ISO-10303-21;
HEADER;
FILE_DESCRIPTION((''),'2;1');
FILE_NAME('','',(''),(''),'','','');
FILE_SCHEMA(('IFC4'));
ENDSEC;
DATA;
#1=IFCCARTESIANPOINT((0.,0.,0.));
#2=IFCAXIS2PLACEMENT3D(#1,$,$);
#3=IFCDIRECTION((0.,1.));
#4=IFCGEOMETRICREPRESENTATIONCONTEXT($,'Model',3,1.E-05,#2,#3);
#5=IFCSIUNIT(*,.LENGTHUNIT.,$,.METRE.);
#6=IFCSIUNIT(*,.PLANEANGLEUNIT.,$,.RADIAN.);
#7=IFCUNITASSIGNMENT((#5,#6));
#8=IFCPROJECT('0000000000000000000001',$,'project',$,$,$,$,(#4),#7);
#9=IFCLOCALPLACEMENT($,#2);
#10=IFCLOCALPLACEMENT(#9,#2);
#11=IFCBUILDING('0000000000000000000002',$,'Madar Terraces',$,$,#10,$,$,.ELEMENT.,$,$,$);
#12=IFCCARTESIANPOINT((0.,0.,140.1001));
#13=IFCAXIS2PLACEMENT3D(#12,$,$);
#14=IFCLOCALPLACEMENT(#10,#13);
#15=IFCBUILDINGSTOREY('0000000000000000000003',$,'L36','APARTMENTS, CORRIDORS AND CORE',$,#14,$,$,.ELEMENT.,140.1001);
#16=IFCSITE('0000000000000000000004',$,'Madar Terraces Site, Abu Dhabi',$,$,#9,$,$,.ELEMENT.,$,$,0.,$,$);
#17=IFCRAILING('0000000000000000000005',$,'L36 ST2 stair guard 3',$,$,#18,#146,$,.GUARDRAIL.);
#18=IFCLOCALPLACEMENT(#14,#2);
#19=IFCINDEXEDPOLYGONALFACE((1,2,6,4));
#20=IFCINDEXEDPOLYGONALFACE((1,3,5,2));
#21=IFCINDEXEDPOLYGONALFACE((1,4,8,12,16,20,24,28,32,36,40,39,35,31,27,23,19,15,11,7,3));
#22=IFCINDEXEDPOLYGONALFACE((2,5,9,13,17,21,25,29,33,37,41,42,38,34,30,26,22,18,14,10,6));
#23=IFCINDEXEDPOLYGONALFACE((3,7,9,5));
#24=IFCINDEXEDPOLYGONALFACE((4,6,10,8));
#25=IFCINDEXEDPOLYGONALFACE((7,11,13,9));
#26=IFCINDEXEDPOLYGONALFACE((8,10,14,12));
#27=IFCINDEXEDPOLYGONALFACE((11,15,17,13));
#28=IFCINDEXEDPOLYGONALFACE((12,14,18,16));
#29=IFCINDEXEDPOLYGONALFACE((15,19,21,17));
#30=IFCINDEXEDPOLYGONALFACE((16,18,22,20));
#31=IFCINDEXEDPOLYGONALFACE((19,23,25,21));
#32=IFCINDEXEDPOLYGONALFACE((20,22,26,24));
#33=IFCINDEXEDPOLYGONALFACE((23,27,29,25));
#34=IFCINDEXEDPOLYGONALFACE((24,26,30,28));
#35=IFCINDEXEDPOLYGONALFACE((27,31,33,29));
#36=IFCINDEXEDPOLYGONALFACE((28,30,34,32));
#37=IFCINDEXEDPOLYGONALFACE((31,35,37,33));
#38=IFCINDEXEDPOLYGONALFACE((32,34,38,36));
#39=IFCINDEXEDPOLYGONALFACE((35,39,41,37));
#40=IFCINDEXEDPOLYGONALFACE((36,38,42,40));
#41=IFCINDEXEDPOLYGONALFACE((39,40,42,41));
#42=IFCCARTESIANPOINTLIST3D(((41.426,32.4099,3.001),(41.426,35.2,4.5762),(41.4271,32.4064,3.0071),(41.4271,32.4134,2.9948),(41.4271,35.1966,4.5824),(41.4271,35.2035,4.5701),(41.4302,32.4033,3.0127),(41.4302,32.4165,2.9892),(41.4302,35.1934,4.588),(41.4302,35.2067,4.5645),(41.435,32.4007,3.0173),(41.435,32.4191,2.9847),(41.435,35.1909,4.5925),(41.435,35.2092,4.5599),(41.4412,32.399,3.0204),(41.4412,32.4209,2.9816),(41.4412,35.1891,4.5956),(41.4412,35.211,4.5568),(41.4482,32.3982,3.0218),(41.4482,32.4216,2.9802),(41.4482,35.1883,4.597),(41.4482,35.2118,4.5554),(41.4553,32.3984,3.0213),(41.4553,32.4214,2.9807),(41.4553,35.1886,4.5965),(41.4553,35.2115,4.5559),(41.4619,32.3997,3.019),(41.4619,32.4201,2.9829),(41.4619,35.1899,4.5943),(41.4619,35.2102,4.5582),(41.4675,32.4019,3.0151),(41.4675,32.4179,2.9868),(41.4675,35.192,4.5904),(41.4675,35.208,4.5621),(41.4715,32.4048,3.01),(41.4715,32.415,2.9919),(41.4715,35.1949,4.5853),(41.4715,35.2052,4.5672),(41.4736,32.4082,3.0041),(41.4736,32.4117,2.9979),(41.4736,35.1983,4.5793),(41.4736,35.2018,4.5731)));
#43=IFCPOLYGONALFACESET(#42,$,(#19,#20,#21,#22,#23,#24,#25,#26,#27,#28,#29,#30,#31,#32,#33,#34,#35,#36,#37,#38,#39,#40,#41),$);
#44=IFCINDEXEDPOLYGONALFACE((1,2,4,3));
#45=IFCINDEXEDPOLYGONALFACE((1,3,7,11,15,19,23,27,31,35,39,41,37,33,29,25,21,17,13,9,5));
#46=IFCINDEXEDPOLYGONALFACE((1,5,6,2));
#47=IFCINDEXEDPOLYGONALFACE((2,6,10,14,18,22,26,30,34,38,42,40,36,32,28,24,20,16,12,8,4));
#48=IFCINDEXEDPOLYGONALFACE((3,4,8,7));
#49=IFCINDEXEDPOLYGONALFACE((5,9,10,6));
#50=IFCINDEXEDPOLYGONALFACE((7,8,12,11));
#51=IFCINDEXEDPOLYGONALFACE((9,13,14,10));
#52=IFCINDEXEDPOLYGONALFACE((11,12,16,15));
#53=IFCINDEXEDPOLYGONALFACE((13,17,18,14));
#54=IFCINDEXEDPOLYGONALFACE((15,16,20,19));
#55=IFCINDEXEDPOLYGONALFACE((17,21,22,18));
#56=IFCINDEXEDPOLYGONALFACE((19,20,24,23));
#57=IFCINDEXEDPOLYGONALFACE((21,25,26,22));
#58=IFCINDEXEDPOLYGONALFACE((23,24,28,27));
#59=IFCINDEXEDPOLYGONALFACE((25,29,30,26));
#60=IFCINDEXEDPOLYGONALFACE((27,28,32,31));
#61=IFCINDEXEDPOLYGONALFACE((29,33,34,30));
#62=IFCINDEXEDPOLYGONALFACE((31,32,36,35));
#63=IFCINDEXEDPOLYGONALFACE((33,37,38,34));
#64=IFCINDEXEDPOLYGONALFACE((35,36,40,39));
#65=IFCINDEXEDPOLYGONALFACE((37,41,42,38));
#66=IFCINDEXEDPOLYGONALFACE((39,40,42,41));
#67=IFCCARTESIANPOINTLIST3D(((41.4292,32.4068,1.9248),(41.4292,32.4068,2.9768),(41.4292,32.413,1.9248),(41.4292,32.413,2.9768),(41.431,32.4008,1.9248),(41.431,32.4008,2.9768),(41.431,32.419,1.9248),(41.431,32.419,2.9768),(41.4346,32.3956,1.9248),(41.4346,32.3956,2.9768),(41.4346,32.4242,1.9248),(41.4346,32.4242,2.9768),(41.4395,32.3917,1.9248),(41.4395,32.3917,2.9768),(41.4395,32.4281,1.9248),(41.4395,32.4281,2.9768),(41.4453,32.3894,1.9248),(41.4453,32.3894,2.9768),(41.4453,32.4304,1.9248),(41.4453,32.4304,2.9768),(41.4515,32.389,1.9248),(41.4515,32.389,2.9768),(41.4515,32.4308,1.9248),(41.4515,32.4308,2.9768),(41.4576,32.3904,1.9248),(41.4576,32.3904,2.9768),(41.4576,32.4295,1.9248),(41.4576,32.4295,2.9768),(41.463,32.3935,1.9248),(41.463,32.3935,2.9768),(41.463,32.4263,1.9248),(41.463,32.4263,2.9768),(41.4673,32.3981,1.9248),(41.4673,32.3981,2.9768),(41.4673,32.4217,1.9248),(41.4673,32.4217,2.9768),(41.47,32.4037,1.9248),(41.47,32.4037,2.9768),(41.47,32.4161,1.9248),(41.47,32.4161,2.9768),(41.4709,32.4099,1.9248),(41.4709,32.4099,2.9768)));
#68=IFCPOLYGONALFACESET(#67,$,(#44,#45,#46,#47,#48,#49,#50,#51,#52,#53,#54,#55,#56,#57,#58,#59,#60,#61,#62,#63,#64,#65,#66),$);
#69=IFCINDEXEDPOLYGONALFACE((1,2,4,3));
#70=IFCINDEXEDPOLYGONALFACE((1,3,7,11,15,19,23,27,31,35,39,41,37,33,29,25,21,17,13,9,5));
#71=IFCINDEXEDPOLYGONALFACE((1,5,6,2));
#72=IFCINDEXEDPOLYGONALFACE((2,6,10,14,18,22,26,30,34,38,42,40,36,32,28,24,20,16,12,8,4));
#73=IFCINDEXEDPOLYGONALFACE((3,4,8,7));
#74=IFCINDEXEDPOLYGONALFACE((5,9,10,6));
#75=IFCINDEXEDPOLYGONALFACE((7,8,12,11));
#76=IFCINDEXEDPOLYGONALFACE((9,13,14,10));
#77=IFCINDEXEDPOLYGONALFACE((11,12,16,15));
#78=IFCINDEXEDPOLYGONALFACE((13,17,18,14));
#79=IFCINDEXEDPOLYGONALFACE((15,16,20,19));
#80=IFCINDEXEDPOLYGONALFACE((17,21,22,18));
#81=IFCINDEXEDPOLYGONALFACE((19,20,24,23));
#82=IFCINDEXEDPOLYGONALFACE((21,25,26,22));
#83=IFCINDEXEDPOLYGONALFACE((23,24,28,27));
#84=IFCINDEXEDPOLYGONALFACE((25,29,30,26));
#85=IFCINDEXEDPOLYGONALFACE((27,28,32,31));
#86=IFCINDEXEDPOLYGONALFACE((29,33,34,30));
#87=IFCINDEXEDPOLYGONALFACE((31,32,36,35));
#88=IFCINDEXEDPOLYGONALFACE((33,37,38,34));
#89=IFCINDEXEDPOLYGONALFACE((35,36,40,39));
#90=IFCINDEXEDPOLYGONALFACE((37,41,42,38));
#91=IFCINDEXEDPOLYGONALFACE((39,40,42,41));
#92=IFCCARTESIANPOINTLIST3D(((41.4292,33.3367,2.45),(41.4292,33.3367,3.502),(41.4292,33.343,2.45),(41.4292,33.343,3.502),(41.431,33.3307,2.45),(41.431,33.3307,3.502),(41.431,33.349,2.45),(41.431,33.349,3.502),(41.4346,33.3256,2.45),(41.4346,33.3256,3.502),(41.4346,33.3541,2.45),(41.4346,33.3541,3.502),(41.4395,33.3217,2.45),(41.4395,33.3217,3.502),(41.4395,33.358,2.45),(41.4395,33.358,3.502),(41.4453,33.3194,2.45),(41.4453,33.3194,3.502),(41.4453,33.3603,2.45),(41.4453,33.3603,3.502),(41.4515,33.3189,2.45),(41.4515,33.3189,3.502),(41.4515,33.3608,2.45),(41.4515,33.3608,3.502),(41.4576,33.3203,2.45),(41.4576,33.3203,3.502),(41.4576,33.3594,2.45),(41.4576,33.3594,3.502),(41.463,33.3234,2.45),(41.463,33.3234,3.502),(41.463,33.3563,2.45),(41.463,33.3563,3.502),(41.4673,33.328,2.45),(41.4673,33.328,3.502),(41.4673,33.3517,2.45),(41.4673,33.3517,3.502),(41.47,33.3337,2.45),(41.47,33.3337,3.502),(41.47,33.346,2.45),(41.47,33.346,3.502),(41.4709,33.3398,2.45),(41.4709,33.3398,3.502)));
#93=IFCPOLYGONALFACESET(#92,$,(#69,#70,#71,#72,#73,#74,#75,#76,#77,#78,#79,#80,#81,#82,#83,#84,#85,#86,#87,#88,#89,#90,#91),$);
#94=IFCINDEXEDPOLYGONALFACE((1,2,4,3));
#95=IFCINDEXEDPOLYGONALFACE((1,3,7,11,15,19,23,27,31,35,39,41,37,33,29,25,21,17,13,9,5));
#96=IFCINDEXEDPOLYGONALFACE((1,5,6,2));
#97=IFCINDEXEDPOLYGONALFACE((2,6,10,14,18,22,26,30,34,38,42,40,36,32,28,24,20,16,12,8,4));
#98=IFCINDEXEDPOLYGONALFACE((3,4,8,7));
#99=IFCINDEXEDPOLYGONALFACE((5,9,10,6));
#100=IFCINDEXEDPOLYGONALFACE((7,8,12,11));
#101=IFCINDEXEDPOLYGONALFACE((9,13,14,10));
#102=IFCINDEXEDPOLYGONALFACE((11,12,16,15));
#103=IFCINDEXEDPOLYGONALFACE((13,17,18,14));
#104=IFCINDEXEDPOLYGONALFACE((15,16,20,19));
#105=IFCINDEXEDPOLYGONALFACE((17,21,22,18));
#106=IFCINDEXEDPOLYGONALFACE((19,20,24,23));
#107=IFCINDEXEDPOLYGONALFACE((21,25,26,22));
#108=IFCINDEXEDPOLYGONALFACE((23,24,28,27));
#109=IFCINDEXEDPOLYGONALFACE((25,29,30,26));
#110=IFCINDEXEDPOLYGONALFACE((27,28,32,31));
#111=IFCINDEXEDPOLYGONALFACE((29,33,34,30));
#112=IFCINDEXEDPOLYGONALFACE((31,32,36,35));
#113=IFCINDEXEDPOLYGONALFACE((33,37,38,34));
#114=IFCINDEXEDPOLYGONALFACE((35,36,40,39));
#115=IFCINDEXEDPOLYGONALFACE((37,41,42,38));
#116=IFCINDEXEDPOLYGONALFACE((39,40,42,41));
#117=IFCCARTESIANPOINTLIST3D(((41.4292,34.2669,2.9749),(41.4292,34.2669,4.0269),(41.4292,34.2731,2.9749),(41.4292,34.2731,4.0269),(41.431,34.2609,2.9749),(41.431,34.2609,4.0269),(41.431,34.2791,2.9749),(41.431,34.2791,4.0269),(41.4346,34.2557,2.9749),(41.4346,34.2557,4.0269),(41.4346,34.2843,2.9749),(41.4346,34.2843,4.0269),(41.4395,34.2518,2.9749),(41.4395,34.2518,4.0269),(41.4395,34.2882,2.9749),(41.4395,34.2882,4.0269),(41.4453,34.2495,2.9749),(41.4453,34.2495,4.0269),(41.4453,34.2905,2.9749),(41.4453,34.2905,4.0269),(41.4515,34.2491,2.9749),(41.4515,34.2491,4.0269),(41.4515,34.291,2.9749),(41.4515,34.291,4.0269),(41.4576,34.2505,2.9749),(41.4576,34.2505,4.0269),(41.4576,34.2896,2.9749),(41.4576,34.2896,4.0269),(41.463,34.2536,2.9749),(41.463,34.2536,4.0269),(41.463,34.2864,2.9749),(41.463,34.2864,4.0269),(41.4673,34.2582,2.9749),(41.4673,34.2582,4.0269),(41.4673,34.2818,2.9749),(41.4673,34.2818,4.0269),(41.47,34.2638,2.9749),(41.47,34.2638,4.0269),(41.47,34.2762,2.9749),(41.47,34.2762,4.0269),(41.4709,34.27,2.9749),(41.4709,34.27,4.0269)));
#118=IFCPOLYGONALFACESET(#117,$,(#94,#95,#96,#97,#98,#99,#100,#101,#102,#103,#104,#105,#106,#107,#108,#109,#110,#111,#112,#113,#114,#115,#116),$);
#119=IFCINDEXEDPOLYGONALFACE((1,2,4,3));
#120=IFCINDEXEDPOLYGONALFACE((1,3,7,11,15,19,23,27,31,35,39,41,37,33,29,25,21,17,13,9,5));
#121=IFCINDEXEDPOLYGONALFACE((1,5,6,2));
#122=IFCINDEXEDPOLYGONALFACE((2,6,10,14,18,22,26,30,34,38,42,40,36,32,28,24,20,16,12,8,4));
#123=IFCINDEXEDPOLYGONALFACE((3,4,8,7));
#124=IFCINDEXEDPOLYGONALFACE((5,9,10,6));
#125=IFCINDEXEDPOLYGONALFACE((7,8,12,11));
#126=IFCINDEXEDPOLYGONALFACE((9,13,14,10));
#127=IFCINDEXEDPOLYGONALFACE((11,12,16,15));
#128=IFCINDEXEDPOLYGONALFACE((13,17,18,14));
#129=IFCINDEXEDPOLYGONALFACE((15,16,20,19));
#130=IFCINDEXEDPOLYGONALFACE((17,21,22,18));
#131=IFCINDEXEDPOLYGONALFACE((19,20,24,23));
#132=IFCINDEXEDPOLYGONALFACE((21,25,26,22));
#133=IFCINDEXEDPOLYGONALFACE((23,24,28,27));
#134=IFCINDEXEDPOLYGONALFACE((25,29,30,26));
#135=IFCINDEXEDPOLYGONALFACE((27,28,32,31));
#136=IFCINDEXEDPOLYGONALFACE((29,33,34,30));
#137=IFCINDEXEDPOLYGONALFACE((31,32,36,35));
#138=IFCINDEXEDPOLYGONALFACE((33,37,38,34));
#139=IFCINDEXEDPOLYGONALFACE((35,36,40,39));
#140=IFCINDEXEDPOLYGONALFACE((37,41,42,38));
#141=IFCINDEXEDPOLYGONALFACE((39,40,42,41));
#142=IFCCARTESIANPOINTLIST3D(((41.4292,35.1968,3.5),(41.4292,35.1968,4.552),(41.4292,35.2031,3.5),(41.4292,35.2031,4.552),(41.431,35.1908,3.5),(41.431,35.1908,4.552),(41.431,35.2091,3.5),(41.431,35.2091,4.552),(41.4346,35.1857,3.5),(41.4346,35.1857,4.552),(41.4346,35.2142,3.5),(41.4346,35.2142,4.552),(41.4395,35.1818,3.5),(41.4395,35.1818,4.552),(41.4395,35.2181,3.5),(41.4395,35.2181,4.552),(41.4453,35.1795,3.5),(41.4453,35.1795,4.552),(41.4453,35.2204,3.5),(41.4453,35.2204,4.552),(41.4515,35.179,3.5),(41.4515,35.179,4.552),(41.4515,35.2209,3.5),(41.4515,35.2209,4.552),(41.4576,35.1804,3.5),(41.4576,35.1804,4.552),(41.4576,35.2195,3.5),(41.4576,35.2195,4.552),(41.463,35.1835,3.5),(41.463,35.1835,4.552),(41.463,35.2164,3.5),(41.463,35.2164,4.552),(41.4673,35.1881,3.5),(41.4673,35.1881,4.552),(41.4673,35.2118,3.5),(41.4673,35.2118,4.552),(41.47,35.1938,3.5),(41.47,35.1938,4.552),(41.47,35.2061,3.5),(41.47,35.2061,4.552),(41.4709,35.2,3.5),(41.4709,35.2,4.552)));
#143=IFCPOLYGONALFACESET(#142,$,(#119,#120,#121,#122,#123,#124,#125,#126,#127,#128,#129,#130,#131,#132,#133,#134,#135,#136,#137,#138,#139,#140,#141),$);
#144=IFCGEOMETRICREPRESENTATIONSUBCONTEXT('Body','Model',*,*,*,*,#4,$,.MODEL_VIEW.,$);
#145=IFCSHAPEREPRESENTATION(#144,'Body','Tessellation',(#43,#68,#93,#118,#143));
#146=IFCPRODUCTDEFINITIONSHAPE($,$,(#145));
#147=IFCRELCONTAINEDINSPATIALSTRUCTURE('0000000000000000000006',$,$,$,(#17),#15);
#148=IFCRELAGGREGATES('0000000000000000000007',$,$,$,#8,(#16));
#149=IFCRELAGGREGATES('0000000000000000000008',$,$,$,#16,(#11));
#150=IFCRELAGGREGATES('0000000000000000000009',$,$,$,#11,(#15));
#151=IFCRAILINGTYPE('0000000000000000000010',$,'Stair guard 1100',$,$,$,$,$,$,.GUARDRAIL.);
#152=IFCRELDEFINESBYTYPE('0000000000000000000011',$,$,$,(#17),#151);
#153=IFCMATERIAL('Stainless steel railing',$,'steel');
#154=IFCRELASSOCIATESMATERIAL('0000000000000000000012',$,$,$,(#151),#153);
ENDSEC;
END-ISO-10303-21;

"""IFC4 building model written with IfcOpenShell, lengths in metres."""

from ifc_helpers import new_model, si_unit, direction, frame, origin, origin_2d, place, context, subcontext, project, spatial, circle, extrude, material, type_object, element, save


model = new_model("IFC4")

# Units and contexts
model_context = context("Model", 3, precision=1e-05, world=origin(), true_north=direction((0.0, 1.0)))
body_context = subcontext(model_context, "Body", "Model", "MODEL_VIEW")
ifc_project = project(units=[si_unit("LENGTHUNIT", "METRE"), si_unit("PLANEANGLEUNIT", "RADIAN")], contexts=[model_context])

# Site, building, storey
site_placement = place(None, origin())
site = spatial("IfcSite", under=ifc_project, at=site_placement, Name="Madar Terraces Site, Abu Dhabi", CompositionType="ELEMENT", RefElevation=0.0)
building_placement = place(site_placement, origin())
building = spatial("IfcBuilding", under=site, at=building_placement, Name="Madar Terraces", CompositionType="ELEMENT")
storey_placement = place(building_placement, frame((0.0, 0.0, 140.1001)))
storey = spatial("IfcBuildingStorey", under=building, at=storey_placement, Name="L36", Description="APARTMENTS, CORRIDORS AND CORE", CompositionType="ELEMENT", Elevation=140.1001)

# Railing
ifc_material_1 = material(Name="Stainless steel railing", Category="steel")
railing_type_1 = type_object("IfcRailingType", Name="Stair guard 1100", PredefinedType="GUARDRAIL", material=ifc_material_1)
railing_1_placement = place(storey_placement, frame((41.45, 32.4099, 1.9248)))
element("IfcRailing", 1, at=railing_1_placement, inside=storey, type_object=railing_type_1, Name="L36 ST2 stair guard 3", PredefinedType="GUARDRAIL", context=body_context, shape_type="SweptSolid", body=[
    extrude(circle(Radius=0.0239, at=origin_2d()), frame((0.0, 0.0, 1.0762), z_axis=(0.0, 0.870801, 0.491635), x_axis=(-1.0, 0.0, 0.0)), (0.0, 0.0, 1.0), 3.2041),
    extrude(circle(Radius=0.021, at=origin_2d()), origin(), (0.0, 0.0, 1.0), 1.052),
    extrude(circle(Radius=0.021, at=origin_2d()), frame((0.0, 0.9299, 0.5251)), (0.0, 0.0, 1.0), 1.052),
    extrude(circle(Radius=0.021, at=origin_2d()), frame((0.0, 1.8601, 1.05)), (0.0, 0.0, 1.0), 1.052),
    extrude(circle(Radius=0.021, at=origin_2d()), frame((0.0, 2.79, 1.5752)), (0.0, 0.0, 1.0), 1.052),
])

save(model, "model.ifc")
